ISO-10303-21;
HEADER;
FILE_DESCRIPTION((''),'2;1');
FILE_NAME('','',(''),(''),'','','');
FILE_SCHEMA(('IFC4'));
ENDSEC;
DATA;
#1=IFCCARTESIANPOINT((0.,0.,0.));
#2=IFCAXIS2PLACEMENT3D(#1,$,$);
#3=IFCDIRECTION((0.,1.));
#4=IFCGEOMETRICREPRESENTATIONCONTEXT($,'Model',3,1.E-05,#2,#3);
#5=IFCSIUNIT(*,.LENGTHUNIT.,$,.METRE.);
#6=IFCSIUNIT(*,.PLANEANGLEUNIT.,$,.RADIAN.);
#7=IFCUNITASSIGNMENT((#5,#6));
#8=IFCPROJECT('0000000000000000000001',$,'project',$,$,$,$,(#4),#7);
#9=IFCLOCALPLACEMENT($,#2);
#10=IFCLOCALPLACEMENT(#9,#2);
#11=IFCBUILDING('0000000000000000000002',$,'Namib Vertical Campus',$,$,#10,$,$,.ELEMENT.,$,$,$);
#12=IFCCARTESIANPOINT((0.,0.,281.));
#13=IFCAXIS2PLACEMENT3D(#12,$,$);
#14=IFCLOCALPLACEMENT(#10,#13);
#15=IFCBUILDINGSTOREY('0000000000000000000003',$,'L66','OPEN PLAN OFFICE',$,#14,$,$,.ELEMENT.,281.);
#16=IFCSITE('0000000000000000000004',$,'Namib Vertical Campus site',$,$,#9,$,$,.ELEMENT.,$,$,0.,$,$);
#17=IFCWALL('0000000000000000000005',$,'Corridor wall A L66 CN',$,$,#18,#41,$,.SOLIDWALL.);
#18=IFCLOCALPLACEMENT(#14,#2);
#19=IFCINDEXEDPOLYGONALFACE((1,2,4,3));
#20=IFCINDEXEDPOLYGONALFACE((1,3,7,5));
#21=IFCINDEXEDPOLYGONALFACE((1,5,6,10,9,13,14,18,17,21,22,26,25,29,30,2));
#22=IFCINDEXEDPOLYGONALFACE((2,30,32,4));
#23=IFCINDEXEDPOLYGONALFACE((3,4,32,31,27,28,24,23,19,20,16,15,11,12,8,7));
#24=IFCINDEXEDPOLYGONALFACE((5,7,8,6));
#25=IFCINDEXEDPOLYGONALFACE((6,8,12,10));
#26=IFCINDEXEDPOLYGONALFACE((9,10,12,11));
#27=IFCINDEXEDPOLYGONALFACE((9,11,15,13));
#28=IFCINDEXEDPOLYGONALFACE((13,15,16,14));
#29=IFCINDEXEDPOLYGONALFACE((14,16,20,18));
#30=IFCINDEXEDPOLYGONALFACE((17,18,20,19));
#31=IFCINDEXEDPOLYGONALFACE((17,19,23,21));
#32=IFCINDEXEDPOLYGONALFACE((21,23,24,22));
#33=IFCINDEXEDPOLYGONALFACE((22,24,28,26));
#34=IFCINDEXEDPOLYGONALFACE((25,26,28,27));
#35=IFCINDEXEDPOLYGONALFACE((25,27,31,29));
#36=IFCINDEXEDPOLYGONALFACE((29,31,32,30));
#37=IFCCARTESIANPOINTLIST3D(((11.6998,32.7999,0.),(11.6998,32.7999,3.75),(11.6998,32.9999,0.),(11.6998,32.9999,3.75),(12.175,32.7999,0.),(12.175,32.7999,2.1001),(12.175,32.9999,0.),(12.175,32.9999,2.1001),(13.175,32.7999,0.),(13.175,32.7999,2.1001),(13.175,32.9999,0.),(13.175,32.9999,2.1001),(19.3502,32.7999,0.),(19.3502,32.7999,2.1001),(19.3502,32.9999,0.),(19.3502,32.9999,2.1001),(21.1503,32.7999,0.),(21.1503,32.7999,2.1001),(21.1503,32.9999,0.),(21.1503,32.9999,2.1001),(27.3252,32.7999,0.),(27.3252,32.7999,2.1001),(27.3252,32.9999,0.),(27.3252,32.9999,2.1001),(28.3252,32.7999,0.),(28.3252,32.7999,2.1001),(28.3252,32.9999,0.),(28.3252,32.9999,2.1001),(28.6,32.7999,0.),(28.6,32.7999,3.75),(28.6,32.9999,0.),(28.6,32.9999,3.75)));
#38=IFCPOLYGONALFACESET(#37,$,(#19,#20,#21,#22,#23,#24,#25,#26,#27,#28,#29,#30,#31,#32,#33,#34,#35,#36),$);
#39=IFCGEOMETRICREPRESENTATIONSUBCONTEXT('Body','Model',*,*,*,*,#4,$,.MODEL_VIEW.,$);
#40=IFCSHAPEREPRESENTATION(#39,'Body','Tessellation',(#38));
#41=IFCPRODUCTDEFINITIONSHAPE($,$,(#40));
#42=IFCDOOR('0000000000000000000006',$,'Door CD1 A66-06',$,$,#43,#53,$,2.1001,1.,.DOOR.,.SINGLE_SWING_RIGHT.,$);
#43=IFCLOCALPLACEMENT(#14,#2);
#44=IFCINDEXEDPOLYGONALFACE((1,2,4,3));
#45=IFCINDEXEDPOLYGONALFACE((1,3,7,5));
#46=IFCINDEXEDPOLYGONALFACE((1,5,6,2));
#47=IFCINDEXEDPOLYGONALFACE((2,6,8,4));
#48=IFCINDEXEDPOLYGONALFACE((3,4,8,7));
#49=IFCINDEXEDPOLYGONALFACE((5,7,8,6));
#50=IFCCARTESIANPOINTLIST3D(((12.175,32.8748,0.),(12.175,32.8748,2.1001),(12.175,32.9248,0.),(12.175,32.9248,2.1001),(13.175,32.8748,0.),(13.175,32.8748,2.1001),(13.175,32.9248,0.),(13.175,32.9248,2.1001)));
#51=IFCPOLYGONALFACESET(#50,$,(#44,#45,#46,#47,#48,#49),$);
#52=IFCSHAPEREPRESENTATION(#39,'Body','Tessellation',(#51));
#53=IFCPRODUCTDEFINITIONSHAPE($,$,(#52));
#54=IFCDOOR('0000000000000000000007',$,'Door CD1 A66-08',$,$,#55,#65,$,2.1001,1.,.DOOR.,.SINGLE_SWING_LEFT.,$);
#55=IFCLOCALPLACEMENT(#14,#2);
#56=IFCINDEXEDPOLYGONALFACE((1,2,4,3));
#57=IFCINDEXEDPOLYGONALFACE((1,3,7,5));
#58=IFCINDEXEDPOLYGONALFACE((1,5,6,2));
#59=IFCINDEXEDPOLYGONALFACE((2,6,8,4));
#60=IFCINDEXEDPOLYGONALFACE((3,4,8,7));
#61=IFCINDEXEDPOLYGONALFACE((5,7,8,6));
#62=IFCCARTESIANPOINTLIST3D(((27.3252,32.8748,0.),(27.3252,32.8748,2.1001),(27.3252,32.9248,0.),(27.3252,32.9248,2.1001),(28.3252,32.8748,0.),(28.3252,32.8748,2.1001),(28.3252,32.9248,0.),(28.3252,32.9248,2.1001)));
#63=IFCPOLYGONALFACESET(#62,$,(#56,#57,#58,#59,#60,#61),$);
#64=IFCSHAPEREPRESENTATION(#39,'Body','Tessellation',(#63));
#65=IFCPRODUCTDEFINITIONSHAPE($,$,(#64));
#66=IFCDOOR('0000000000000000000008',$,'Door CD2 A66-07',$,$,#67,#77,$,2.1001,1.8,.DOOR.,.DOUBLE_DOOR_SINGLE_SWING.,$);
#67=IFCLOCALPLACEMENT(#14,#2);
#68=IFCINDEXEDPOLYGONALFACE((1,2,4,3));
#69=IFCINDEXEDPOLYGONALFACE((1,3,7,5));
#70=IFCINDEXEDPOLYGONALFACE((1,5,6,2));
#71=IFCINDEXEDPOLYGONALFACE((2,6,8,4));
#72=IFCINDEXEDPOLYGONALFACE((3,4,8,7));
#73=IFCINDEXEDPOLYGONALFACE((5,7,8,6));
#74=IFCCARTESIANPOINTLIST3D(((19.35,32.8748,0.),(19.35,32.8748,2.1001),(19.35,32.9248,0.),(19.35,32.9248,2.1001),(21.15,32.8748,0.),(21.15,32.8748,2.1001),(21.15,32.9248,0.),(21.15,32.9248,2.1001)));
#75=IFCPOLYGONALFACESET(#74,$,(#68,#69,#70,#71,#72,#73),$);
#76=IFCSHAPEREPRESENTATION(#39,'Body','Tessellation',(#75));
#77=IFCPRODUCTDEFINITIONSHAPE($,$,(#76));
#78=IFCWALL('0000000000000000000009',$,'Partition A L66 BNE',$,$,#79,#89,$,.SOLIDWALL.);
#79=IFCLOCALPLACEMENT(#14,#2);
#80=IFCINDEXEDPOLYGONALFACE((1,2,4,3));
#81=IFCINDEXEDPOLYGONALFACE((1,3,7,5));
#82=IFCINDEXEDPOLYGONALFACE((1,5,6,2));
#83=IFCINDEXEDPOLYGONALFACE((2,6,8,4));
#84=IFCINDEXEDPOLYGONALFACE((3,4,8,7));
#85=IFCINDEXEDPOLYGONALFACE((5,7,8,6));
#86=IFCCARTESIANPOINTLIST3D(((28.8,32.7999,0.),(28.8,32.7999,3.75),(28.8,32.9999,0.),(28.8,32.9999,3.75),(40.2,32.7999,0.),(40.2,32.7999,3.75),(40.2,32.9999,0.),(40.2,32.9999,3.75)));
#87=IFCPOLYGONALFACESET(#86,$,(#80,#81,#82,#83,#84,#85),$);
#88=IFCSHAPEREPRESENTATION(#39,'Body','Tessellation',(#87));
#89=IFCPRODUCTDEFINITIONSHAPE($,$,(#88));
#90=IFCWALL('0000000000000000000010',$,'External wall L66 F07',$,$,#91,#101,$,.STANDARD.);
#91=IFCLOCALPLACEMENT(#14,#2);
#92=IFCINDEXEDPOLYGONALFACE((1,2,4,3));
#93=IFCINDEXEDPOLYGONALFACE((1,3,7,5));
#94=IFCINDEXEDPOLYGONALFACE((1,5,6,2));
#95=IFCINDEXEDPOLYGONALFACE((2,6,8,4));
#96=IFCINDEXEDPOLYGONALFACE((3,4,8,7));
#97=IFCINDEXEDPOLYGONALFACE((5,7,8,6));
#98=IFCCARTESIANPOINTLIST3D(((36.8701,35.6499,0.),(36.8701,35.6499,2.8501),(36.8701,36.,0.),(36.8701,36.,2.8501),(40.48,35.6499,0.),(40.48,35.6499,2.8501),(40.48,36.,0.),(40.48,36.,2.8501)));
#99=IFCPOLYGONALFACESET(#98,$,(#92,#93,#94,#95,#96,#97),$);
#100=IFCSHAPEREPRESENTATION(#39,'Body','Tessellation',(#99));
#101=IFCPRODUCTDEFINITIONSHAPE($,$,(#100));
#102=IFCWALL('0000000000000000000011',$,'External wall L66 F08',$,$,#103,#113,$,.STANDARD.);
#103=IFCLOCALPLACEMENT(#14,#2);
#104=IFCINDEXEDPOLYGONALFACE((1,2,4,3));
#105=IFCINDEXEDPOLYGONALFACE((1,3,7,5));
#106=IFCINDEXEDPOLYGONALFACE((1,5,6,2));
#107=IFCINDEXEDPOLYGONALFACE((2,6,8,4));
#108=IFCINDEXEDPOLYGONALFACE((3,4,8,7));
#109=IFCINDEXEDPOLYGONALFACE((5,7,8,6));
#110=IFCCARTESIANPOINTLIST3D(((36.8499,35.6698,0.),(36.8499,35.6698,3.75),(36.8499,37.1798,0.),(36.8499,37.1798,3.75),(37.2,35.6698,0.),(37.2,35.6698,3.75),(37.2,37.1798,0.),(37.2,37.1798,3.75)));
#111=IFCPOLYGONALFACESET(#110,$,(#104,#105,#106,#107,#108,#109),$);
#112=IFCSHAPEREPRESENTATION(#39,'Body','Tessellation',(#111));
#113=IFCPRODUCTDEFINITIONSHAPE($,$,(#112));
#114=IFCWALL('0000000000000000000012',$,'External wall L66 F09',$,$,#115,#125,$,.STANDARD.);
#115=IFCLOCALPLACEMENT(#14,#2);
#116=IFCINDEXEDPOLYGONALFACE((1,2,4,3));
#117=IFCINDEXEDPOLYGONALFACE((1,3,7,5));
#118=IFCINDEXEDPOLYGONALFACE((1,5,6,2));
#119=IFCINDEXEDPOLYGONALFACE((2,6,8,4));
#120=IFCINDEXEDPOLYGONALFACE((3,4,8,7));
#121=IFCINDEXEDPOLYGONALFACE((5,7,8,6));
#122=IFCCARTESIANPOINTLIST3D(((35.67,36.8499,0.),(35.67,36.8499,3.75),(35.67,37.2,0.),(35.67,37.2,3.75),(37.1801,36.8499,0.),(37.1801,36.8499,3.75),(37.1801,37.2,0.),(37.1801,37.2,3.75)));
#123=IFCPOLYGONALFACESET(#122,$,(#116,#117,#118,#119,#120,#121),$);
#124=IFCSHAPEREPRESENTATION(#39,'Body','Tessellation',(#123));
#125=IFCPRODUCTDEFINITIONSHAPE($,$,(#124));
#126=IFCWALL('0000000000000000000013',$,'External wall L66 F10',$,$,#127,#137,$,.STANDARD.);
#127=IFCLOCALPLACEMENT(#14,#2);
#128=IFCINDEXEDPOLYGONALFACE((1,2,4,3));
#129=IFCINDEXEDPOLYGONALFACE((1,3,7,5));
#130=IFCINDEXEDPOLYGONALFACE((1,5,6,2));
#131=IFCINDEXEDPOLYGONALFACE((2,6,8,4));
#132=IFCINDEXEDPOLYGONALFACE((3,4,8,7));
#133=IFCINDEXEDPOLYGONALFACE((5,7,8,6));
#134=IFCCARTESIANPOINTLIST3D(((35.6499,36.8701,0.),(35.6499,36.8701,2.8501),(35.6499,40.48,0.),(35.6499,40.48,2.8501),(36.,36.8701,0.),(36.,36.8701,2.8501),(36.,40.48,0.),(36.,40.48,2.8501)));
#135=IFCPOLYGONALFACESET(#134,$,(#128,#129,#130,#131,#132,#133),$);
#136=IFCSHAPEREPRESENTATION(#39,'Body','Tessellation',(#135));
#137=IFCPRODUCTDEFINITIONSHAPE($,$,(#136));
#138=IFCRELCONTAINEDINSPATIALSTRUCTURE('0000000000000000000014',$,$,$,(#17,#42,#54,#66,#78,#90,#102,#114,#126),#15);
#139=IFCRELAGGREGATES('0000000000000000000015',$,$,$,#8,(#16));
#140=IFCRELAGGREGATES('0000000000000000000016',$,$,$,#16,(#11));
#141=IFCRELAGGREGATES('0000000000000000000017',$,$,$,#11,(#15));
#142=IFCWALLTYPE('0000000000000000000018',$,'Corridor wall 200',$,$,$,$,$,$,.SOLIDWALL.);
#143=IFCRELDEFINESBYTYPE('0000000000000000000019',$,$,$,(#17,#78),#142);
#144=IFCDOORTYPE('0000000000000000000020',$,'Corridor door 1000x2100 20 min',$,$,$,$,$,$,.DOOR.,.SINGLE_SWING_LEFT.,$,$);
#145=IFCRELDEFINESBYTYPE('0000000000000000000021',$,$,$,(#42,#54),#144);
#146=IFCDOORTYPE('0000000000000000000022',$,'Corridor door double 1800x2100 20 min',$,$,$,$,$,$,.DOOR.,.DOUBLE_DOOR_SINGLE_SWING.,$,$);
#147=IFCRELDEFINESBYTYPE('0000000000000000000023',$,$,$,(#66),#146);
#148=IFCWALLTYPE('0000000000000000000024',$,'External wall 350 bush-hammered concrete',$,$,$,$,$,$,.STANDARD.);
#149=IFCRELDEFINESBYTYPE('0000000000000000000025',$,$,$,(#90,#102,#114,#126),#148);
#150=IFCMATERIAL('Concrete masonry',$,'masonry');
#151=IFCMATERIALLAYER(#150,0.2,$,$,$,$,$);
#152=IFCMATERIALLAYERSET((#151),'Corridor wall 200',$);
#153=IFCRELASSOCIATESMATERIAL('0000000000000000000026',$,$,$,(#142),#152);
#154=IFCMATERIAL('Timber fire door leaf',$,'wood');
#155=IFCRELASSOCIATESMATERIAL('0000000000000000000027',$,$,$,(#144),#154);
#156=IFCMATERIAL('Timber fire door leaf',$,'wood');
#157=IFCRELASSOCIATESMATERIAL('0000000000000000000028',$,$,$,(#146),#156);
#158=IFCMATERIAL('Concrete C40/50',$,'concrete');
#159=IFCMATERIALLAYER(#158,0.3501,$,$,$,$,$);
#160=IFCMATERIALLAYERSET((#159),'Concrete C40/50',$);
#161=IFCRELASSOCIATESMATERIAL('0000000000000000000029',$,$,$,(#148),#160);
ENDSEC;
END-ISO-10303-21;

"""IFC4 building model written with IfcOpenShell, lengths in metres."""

from ifc_helpers import new_model, si_unit, direction, frame, frame_2d, origin, place, context, subcontext, project, spatial, rectangle, extrude, material, layer, layer_set, type_object, element, fill, save


model = new_model("IFC4")

# Units and contexts
model_context = context("Model", 3, precision=1e-05, world=origin(), true_north=direction((0.0, 1.0)))
body_context = subcontext(model_context, "Body", "Model", "MODEL_VIEW")
ifc_project = project(units=[si_unit("LENGTHUNIT", "METRE"), si_unit("PLANEANGLEUNIT", "RADIAN")], contexts=[model_context])

# Site, building, storey
site_placement = place(None, origin())
site = spatial("IfcSite", under=ifc_project, at=site_placement, Name="Namib Vertical Campus site", CompositionType="ELEMENT", RefElevation=0.0)
building_placement = place(site_placement, origin())
building = spatial("IfcBuilding", under=site, at=building_placement, Name="Namib Vertical Campus", CompositionType="ELEMENT")
storey_placement = place(building_placement, frame((0.0, 0.0, 281.0)))
storey = spatial("IfcBuildingStorey", under=building, at=storey_placement, Name="L66", Description="OPEN PLAN OFFICE", CompositionType="ELEMENT", Elevation=281.0)

# Wall, openings, doors
ifc_material_1 = material(Name="Concrete masonry", Category="masonry")
ifc_layer_1 = layer(ifc_material_1, 0.2)
ifc_layer_set_1 = layer_set([ifc_layer_1], Name="Corridor wall 200")
wall_type_1 = type_object("IfcWallType", Name="Corridor wall 200", PredefinedType="SOLIDWALL", material=ifc_layer_set_1)
wall_1_placement = place(storey_placement, frame((28.6001, 32.8999, 0.0), z_axis=(0.0, 0.0, 1.0), x_axis=(-1.0, 0.0, 0.0)))
wall_1 = element("IfcWall", 1, at=wall_1_placement, inside=storey, type_object=wall_type_1, Name="Corridor wall A L66 CN", PredefinedType="SOLIDWALL", context=body_context, shape_type="SweptSolid", body=[
    extrude(rectangle(XDim=16.9001, YDim=0.2, at=frame_2d((8.4502, 0.0))), origin(), (0.0, 0.0, 1.0), 3.75),
])
opening_1_placement = place(wall_1_placement, frame((15.425, 0.0, 0.0)))
opening_1 = element("IfcOpeningElement", 2, at=opening_1_placement, cuts=wall_1, PredefinedType="OPENING", context=body_context, shape_type="SweptSolid", body=[
    extrude(rectangle(XDim=1.0, YDim=2.1001, at=frame_2d((0.5, 1.05))), frame((0.0, 0.1099, 0.0), z_axis=(0.0, -1.0, 0.0), x_axis=(1.0, 0.0, 0.0)), (0.0, 0.0, 1.0), 0.22),
])
opening_2_placement = place(wall_1_placement, frame((7.45, 0.0, 0.0)))
opening_2 = element("IfcOpeningElement", 3, at=opening_2_placement, cuts=wall_1, PredefinedType="OPENING", context=body_context, shape_type="SweptSolid", body=[
    extrude(rectangle(XDim=1.8, YDim=2.1001, at=frame_2d((0.8999, 1.05))), frame((0.0, 0.1099, 0.0), z_axis=(0.0, -1.0, 0.0), x_axis=(1.0, 0.0, 0.0)), (0.0, 0.0, 1.0), 0.22),
])
opening_3_placement = place(wall_1_placement, frame((0.2749, 0.0, 0.0)))
opening_3 = element("IfcOpeningElement", 4, at=opening_3_placement, cuts=wall_1, PredefinedType="OPENING", context=body_context, shape_type="SweptSolid", body=[
    extrude(rectangle(XDim=1.0, YDim=2.1001, at=frame_2d((0.5, 1.05))), frame((0.0, 0.1099, 0.0), z_axis=(0.0, -1.0, 0.0), x_axis=(1.0, 0.0, 0.0)), (0.0, 0.0, 1.0), 0.22),
])
ifc_material_2 = material(Name="Timber fire door leaf", Category="wood")
door_type_1 = type_object("IfcDoorType", Name="Corridor door 1000x2100 20 min", OperationType="SINGLE_SWING_LEFT", PredefinedType="DOOR", material=ifc_material_2)
door_1_placement = place(opening_1_placement, frame((1.0, 0.0, 0.0), z_axis=(0.0, 0.0, 1.0), x_axis=(-1.0, 0.0, 0.0)))
door_1 = element("IfcDoor", 5, at=door_1_placement, inside=storey, type_object=door_type_1, Name="Door CD1 A66-06", OperationType="SINGLE_SWING_RIGHT", OverallHeight=2.1001, OverallWidth=1.0, PredefinedType="DOOR", context=body_context, shape_type="SweptSolid", body=[
    extrude(rectangle(XDim=1.0, YDim=2.1001, at=frame_2d((0.5, 1.05))), frame((0.0, 0.0249, 0.0), z_axis=(0.0, -1.0, 0.0), x_axis=(1.0, 0.0, 0.0)), (0.0, 0.0, 1.0), 0.05),
])
fill(opening_1, door_1)
door_2_placement = place(opening_3_placement, frame((1.0, 0.0, 0.0), z_axis=(0.0, 0.0, 1.0), x_axis=(-1.0, 0.0, 0.0)))
door_2 = element("IfcDoor", 6, at=door_2_placement, inside=storey, type_object=door_type_1, Name="Door CD1 A66-08", OperationType="SINGLE_SWING_LEFT", OverallHeight=2.1001, OverallWidth=1.0, PredefinedType="DOOR", context=body_context, shape_type="SweptSolid", body=[
    extrude(rectangle(XDim=1.0, YDim=2.1001, at=frame_2d((0.5, 1.05))), frame((0.0, 0.0249, 0.0), z_axis=(0.0, -1.0, 0.0), x_axis=(1.0, 0.0, 0.0)), (0.0, 0.0, 1.0), 0.05),
])
fill(opening_3, door_2)
ifc_material_3 = material(Name="Timber fire door leaf", Category="wood")
door_type_2 = type_object("IfcDoorType", Name="Corridor door double 1800x2100 20 min", OperationType="DOUBLE_DOOR_SINGLE_SWING", PredefinedType="DOOR", material=ifc_material_3)
door_3_placement = place(opening_2_placement, frame((1.8, 0.0, 0.0), z_axis=(0.0, 0.0, 1.0), x_axis=(-1.0, 0.0, 0.0)))
door_3 = element("IfcDoor", 7, at=door_3_placement, inside=storey, type_object=door_type_2, Name="Door CD2 A66-07", OperationType="DOUBLE_DOOR_SINGLE_SWING", OverallHeight=2.1001, OverallWidth=1.8, PredefinedType="DOOR", context=body_context, shape_type="SweptSolid", body=[
    extrude(rectangle(XDim=1.8, YDim=2.1001, at=frame_2d((0.8999, 1.05))), frame((0.0, 0.0249, 0.0), z_axis=(0.0, -1.0, 0.0), x_axis=(1.0, 0.0, 0.0)), (0.0, 0.0, 1.0), 0.05),
])
fill(opening_2, door_3)

# Walls
wall_2_placement = place(storey_placement, frame((28.8, 32.8999, 0.0), z_axis=(0.0, 0.0, 1.0), x_axis=(1.0, 0.0, 0.0)))
element("IfcWall", 8, at=wall_2_placement, inside=storey, type_object=wall_type_1, Name="Partition A L66 BNE", PredefinedType="SOLIDWALL", context=body_context, shape_type="SweptSolid", body=[
    extrude(rectangle(XDim=11.3999, YDim=0.2, at=frame_2d((5.7, 0.0))), origin(), (0.0, 0.0, 1.0), 3.75),
])
ifc_material_4 = material(Name="Concrete C40/50", Category="concrete")
ifc_layer_2 = layer(ifc_material_4, 0.3501)
ifc_layer_set_2 = layer_set([ifc_layer_2], Name="Concrete C40/50")
wall_type_2 = type_object("IfcWallType", Name="External wall 350 bush-hammered concrete", PredefinedType="STANDARD", material=ifc_layer_set_2)
wall_3_placement = place(storey_placement, frame((40.48, 35.825, 0.0), z_axis=(0.0, 0.0, 1.0), x_axis=(-1.0, 0.0, 0.0)))
element("IfcWall", 9, at=wall_3_placement, inside=storey, type_object=wall_type_2, Name="External wall L66 F07", PredefinedType="STANDARD", context=body_context, shape_type="SweptSolid", body=[
    extrude(rectangle(XDim=3.6099, YDim=0.3501, at=frame_2d((1.8049, 0.0))), origin(), (0.0, 0.0, 1.0), 2.8501),
])
for number, where, z_axis, x_axis, name in (
    (10, (37.0249, 35.6699, 0.0), (0.0, 0.0, 1.0), (0.0, 1.0, 0.0), "External wall L66 F08"),
    (11, (37.1799, 37.0249, 0.0), (0.0, 0.0, 1.0), (-1.0, 0.0, 0.0), "External wall L66 F09"),
):
    element("IfcWall", number, at=place(storey_placement, frame(where, z_axis=z_axis, x_axis=x_axis)), inside=storey, type_object=wall_type_2, Name=name, PredefinedType="STANDARD", context=body_context, shape_type="SweptSolid", body=[
        extrude(rectangle(XDim=1.51, YDim=0.3501, at=frame_2d((0.7549, 0.0))), origin(), (0.0, 0.0, 1.0), 3.75),
    ])
wall_4_placement = place(storey_placement, frame((35.825, 36.8701, 0.0), z_axis=(0.0, 0.0, 1.0), x_axis=(0.0, 1.0, 0.0)))
element("IfcWall", 12, at=wall_4_placement, inside=storey, type_object=wall_type_2, Name="External wall L66 F10", PredefinedType="STANDARD", context=body_context, shape_type="SweptSolid", body=[
    extrude(rectangle(XDim=3.6099, YDim=0.3501, at=frame_2d((1.8049, 0.0))), origin(), (0.0, 0.0, 1.0), 2.8501),
])

save(model, "model.ifc")
